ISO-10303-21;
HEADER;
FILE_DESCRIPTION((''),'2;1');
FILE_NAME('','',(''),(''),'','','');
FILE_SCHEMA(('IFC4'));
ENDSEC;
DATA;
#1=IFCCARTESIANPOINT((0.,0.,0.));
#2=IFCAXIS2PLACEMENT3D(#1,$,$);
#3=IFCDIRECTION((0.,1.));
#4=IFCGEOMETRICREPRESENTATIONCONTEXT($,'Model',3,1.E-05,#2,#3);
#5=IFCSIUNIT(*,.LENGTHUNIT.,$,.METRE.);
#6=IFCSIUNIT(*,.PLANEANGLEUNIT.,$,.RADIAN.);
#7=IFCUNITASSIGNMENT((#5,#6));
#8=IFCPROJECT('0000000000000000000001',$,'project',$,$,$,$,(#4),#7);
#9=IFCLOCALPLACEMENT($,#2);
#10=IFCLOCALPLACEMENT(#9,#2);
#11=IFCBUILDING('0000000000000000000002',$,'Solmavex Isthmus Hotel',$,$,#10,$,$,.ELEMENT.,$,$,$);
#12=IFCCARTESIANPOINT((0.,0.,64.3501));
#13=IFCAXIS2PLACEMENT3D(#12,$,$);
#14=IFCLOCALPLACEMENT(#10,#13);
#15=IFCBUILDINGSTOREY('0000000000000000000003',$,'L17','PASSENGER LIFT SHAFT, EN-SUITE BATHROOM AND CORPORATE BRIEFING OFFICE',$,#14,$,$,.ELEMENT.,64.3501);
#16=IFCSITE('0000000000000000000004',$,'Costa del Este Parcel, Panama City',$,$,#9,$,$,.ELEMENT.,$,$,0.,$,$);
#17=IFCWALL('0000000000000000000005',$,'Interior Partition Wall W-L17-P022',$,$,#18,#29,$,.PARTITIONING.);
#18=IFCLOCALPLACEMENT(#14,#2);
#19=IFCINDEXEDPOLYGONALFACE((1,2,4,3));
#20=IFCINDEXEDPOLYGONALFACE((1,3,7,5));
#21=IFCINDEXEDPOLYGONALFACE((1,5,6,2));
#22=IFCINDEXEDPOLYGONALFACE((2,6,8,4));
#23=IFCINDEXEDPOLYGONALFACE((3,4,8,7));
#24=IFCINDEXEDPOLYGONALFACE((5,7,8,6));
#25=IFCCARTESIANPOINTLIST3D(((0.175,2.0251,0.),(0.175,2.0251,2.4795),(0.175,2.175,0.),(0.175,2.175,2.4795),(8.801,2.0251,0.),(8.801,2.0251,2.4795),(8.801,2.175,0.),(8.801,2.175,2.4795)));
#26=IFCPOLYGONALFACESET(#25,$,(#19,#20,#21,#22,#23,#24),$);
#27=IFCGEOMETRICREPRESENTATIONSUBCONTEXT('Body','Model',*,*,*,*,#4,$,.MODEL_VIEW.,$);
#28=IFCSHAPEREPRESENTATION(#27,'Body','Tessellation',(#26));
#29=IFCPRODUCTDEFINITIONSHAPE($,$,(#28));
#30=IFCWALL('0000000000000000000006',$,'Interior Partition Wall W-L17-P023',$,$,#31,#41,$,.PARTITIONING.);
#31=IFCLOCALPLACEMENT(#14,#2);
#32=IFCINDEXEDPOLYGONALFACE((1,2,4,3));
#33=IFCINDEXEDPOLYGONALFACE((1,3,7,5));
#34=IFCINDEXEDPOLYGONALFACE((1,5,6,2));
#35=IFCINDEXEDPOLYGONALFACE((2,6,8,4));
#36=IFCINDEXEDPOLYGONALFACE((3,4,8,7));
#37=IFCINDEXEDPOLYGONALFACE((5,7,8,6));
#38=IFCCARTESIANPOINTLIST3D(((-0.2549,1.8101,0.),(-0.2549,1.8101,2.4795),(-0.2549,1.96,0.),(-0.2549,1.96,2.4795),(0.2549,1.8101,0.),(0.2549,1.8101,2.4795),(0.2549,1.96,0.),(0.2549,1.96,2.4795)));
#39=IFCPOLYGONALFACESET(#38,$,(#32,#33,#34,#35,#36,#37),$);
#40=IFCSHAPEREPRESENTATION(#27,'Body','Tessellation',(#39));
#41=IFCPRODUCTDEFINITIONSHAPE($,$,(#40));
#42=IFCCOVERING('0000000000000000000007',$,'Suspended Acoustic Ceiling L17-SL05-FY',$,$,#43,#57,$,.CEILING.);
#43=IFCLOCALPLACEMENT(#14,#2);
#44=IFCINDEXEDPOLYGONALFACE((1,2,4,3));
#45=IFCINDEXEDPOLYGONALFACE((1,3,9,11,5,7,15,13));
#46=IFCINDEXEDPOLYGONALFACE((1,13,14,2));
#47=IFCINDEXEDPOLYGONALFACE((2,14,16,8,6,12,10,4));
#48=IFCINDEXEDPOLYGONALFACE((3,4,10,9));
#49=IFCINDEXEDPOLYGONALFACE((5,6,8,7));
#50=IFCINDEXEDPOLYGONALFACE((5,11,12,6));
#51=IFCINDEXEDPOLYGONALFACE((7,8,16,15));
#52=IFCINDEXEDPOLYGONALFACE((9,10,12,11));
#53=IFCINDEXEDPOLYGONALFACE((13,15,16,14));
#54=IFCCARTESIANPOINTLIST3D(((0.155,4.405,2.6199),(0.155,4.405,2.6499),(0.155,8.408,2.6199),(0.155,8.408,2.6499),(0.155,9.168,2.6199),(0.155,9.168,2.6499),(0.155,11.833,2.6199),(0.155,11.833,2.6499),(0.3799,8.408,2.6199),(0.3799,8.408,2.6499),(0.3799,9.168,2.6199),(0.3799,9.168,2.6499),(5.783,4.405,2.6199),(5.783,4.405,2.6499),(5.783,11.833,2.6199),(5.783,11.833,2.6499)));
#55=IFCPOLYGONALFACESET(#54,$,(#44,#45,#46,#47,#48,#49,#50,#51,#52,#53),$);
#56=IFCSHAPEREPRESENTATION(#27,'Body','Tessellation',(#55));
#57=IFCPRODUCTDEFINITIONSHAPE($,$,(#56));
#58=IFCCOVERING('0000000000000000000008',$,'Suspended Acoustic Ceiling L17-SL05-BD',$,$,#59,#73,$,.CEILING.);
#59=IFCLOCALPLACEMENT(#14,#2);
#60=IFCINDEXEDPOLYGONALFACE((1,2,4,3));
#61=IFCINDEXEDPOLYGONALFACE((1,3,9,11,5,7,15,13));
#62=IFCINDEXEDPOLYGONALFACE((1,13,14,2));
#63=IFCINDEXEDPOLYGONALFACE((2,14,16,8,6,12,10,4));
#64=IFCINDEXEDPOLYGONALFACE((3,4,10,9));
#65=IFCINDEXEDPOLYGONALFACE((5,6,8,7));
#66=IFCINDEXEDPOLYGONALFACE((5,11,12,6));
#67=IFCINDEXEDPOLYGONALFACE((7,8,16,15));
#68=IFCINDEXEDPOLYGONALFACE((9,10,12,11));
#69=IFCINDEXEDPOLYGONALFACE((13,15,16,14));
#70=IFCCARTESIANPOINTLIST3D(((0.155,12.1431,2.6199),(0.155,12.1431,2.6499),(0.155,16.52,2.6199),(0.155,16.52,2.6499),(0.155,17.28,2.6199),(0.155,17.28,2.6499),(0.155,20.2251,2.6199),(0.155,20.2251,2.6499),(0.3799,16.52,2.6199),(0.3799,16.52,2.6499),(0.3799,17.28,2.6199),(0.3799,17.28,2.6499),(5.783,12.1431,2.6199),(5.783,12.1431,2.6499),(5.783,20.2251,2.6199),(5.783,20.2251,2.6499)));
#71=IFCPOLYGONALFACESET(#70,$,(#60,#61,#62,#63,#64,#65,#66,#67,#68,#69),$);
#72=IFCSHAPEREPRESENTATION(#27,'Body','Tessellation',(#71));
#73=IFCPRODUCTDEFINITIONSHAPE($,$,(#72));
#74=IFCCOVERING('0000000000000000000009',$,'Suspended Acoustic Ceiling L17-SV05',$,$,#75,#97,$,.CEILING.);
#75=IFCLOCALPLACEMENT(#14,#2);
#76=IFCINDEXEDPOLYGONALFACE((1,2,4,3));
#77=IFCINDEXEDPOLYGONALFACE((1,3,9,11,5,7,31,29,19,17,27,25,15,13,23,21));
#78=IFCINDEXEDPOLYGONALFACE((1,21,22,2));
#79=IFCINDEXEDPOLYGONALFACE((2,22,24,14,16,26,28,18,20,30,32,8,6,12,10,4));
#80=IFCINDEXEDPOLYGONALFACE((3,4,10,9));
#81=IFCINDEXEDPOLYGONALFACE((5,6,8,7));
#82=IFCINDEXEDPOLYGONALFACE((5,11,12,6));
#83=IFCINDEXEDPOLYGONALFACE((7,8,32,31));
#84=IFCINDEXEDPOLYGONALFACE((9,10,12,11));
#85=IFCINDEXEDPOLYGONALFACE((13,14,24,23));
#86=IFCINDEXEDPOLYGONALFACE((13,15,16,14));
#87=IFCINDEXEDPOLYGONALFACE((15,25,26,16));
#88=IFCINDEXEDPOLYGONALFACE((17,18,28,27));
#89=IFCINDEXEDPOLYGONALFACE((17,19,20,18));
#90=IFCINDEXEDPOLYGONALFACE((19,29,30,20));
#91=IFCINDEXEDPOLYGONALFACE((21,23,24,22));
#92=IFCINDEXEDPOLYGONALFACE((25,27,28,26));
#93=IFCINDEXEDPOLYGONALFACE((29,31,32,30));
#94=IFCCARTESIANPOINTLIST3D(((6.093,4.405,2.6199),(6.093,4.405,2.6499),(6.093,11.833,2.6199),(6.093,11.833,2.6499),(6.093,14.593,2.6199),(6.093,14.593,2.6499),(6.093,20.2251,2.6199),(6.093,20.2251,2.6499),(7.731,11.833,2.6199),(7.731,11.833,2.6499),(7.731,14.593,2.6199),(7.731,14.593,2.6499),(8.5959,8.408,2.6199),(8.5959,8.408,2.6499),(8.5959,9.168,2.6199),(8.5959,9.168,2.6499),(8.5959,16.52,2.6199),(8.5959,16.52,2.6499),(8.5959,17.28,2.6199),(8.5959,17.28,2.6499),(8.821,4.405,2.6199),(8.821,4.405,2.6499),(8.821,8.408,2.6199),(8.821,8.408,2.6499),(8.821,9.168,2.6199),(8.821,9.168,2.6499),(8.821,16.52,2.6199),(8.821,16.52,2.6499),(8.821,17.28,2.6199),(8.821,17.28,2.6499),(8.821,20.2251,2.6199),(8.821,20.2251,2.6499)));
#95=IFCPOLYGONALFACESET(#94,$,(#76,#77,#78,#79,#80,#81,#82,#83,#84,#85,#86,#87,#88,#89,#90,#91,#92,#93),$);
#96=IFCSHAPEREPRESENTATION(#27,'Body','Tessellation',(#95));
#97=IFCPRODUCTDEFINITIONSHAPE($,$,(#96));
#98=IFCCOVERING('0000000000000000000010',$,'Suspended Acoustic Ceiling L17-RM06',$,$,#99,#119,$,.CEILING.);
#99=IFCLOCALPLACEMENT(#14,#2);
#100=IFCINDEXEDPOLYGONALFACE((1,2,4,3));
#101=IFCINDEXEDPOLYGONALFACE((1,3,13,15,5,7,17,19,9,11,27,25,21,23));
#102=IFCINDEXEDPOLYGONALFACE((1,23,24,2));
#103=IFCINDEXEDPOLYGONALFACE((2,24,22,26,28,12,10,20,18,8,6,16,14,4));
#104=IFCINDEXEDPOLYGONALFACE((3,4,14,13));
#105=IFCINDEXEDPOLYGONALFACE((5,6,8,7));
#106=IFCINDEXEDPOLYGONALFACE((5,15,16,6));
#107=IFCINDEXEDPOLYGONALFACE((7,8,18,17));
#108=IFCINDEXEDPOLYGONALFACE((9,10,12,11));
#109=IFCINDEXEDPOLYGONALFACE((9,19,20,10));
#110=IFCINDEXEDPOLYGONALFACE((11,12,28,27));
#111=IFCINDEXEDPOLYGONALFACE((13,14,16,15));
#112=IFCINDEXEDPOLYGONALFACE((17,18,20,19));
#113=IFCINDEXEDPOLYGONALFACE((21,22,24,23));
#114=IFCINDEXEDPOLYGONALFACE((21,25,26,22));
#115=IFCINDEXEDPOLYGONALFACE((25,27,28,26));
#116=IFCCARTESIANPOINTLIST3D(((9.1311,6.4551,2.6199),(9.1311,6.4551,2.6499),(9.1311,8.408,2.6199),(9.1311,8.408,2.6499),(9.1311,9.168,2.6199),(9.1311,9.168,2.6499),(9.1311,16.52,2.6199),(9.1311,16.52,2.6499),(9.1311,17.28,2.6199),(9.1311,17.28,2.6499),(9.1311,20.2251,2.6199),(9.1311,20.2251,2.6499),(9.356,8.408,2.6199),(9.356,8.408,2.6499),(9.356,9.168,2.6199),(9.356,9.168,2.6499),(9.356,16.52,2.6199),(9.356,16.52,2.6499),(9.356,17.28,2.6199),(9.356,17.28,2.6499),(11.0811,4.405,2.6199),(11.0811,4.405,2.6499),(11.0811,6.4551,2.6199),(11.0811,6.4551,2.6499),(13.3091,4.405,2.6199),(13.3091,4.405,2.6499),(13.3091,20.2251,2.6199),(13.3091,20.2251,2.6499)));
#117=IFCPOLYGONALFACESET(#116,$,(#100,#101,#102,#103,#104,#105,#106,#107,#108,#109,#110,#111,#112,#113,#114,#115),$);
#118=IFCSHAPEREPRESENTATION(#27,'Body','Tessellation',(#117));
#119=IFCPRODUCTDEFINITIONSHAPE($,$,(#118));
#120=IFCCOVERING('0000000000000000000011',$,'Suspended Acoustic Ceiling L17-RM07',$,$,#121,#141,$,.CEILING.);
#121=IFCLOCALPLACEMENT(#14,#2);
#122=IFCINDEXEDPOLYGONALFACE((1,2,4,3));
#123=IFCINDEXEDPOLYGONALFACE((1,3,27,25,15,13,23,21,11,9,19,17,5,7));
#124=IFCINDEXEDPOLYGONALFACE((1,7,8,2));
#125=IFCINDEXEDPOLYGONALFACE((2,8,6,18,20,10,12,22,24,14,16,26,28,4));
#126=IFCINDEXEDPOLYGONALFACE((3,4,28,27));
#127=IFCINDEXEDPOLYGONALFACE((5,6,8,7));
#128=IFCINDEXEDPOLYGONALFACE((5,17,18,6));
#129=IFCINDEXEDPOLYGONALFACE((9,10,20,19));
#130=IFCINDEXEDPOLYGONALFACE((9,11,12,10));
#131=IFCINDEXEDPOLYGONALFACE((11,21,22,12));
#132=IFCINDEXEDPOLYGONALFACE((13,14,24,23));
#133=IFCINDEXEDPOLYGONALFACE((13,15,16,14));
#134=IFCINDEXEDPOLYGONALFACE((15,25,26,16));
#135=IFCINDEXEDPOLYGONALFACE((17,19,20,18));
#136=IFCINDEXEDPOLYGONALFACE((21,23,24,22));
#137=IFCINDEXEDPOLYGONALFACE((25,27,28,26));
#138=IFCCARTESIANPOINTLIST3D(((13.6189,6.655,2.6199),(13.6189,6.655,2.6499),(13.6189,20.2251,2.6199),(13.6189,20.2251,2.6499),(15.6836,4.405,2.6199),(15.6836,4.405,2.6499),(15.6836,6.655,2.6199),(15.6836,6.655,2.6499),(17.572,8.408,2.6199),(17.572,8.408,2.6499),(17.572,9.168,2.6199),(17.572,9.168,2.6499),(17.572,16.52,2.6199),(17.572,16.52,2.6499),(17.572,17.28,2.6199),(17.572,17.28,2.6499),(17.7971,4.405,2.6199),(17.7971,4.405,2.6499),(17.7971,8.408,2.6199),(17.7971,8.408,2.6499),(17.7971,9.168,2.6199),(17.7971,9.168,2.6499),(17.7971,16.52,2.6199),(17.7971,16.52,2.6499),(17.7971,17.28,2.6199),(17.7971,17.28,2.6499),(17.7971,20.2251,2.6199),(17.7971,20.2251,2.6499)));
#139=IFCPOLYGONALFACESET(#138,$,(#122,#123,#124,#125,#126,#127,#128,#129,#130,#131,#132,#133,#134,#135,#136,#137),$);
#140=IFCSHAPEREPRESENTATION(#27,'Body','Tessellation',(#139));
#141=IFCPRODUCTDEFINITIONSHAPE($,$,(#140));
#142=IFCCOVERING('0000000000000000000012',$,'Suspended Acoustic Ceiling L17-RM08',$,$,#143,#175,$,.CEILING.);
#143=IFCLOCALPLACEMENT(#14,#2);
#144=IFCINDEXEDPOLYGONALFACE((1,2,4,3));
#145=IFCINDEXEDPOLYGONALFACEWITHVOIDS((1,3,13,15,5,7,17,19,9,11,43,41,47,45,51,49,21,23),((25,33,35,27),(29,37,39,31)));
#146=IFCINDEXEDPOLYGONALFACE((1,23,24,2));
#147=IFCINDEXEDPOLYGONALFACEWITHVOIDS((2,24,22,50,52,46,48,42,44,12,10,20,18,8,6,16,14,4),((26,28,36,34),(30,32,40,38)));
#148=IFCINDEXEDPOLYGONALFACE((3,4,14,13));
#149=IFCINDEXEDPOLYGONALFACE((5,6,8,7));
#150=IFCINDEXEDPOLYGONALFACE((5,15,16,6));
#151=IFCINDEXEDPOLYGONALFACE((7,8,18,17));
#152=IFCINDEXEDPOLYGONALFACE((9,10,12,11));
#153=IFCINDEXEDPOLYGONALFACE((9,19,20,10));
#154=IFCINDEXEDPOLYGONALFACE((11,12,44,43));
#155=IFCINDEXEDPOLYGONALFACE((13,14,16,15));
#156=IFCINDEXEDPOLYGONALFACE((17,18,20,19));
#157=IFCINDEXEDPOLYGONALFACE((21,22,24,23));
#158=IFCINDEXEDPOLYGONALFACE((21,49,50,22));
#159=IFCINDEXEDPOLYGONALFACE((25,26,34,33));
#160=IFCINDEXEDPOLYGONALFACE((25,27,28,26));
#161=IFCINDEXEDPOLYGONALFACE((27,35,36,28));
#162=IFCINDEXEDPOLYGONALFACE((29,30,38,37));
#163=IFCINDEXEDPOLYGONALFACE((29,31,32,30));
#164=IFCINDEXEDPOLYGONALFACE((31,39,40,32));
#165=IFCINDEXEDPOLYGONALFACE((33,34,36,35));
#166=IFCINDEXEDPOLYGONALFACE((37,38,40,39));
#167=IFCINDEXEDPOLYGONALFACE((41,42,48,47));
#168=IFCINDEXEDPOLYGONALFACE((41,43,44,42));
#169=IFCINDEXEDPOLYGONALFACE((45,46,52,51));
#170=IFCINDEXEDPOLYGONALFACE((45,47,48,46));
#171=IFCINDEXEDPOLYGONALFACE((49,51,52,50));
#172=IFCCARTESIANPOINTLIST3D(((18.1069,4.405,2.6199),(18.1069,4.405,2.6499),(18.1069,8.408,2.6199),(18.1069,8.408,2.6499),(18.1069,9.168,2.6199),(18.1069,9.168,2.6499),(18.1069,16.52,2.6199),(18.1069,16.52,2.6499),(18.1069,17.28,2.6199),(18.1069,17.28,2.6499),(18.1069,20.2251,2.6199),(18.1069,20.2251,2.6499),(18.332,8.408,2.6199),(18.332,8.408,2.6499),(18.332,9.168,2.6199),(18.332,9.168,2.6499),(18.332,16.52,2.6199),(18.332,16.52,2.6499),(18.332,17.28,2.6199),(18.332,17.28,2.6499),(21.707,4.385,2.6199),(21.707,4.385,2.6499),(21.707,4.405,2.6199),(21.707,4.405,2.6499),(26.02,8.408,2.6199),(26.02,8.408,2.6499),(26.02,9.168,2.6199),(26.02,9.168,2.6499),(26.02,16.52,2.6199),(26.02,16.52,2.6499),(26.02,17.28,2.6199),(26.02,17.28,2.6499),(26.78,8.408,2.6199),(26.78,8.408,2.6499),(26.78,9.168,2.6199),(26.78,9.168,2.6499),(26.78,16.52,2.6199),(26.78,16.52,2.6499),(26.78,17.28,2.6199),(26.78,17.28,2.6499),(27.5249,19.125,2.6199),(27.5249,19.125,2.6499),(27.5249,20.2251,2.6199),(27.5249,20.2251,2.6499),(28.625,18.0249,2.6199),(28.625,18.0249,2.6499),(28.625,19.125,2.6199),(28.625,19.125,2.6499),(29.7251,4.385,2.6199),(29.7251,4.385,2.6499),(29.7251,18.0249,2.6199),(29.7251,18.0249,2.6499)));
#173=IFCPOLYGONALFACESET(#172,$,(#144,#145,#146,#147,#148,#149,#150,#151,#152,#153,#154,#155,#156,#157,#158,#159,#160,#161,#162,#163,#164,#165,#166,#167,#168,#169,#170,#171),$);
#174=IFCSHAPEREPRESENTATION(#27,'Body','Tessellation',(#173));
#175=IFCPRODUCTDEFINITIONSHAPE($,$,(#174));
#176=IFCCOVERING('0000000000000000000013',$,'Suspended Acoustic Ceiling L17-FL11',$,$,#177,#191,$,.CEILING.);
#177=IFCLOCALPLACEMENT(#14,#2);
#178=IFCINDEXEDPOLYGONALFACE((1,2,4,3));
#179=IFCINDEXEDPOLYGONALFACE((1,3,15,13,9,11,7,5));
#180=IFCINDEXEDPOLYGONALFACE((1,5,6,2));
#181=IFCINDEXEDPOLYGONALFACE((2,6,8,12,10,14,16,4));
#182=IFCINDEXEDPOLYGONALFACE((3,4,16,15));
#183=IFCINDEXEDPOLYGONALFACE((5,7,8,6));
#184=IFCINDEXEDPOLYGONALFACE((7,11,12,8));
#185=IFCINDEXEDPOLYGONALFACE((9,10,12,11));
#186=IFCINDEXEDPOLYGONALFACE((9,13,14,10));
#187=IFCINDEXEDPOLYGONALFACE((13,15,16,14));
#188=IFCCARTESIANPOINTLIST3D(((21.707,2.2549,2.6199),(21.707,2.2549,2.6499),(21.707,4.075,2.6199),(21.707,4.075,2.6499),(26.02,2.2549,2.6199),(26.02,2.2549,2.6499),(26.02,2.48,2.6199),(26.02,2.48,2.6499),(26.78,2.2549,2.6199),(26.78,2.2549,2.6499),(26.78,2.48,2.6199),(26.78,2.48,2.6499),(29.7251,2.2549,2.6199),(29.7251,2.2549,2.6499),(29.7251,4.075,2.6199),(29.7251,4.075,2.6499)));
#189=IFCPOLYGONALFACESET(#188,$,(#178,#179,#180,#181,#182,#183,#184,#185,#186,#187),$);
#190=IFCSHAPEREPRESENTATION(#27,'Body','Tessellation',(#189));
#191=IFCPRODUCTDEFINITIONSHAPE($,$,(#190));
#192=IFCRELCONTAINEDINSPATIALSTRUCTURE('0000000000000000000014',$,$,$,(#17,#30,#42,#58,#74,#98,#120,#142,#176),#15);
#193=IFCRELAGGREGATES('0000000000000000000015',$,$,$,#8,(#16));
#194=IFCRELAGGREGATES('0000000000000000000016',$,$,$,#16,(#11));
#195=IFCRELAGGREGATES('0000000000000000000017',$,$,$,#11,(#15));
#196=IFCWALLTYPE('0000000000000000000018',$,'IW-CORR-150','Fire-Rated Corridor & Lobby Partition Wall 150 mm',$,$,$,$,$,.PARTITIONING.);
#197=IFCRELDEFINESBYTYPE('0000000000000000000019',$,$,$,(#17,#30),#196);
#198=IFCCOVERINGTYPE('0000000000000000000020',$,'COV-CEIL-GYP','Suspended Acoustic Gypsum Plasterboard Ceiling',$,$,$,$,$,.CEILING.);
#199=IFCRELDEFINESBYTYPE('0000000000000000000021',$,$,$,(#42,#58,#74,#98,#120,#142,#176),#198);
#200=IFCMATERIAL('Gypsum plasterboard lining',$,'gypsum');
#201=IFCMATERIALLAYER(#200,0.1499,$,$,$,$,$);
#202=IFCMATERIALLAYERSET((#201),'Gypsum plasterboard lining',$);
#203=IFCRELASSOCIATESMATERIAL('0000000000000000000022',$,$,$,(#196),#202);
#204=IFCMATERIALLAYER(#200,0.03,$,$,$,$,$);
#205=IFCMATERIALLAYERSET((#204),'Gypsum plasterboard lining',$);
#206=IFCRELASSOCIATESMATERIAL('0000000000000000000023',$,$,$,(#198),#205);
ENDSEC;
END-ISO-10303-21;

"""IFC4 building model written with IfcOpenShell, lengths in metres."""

from ifc_helpers import new_model, si_unit, direction, frame, frame_2d, origin, place, context, subcontext, project, spatial, polyline, rectangle, outline, extrude, material, layer, layer_set, type_object, element, save


model = new_model("IFC4")

# Units and contexts
model_context = context("Model", 3, precision=1e-05, world=origin(), true_north=direction((0.0, 1.0)))
body_context = subcontext(model_context, "Body", "Model", "MODEL_VIEW")
ifc_project = project(units=[si_unit("LENGTHUNIT", "METRE"), si_unit("PLANEANGLEUNIT", "RADIAN")], contexts=[model_context])

# Site, building, storey
site_placement = place(None, origin())
site = spatial("IfcSite", under=ifc_project, at=site_placement, Name="Costa del Este Parcel, Panama City", CompositionType="ELEMENT", RefElevation=0.0)
building_placement = place(site_placement, origin())
building = spatial("IfcBuilding", under=site, at=building_placement, Name="Solmavex Isthmus Hotel", CompositionType="ELEMENT")
storey_placement = place(building_placement, frame((0.0, 0.0, 64.3501)))
storey = spatial("IfcBuildingStorey", under=building, at=storey_placement, Name="L17", Description="PASSENGER LIFT SHAFT, EN-SUITE BATHROOM AND CORPORATE BRIEFING OFFICE", CompositionType="ELEMENT", Elevation=64.3501)

# Walls
ifc_material_1 = material(Name="Gypsum plasterboard lining", Category="gypsum")
ifc_layer_1 = layer(ifc_material_1, 0.1499)
ifc_layer_set_1 = layer_set([ifc_layer_1], Name="Gypsum plasterboard lining")
wall_type = type_object("IfcWallType", Name="IW-CORR-150", Description="Fire-Rated Corridor & Lobby Partition Wall 150 mm", PredefinedType="PARTITIONING", material=ifc_layer_set_1)
wall_1_placement = place(storey_placement, frame((8.801, 2.1001, 0.0), z_axis=(0.0, 0.0, 1.0), x_axis=(-1.0, 0.0, 0.0)))
element("IfcWall", 1, at=wall_1_placement, inside=storey, type_object=wall_type, Name="Interior Partition Wall W-L17-P022", PredefinedType="PARTITIONING", context=body_context, shape_type="SweptSolid", body=[
    extrude(rectangle(XDim=8.626, YDim=0.1499, at=frame_2d((4.313, 0.0))), origin(), (0.0, 0.0, 1.0), 2.4795),
])
wall_2_placement = place(storey_placement, frame((0.2549, 1.885, 0.0), z_axis=(0.0, 0.0, 1.0), x_axis=(-1.0, 0.0, 0.0)))
element("IfcWall", 2, at=wall_2_placement, inside=storey, type_object=wall_type, Name="Interior Partition Wall W-L17-P023", PredefinedType="PARTITIONING", context=body_context, shape_type="SweptSolid", body=[
    extrude(rectangle(XDim=0.5098, YDim=0.1499, at=frame_2d((0.2549, 0.0))), origin(), (0.0, 0.0, 1.0), 2.4795),
])

# Coverings
ifc_layer_2 = layer(ifc_material_1, 0.03)
ifc_layer_set_2 = layer_set([ifc_layer_2], Name="Gypsum plasterboard lining")
covering_type_1 = type_object("IfcCoveringType", Name="COV-CEIL-GYP", Description="Suspended Acoustic Gypsum Plasterboard Ceiling", PredefinedType="CEILING", material=ifc_layer_set_2)
covering_1_placement = place(storey_placement, frame((0.0, 0.0, 2.6199)))
element("IfcCovering", 3, at=covering_1_placement, inside=storey, type_object=covering_type_1, Name="Suspended Acoustic Ceiling L17-SL05-FY", PredefinedType="CEILING", context=body_context, shape_type="SweptSolid", body=[
    extrude(outline(polyline([(0.155, 9.168), (0.3799, 9.168), (0.3799, 8.408), (0.155, 8.408), (0.155, 4.405), (5.783, 4.405), (5.783, 11.833), (0.155, 11.833), (0.155, 9.168)])), origin(), (0.0, 0.0, 1.0), 0.03),
])
covering_2_placement = place(storey_placement, frame((0.0, 0.0, 2.6199)))
element("IfcCovering", 4, at=covering_2_placement, inside=storey, type_object=covering_type_1, Name="Suspended Acoustic Ceiling L17-SL05-BD", PredefinedType="CEILING", context=body_context, shape_type="SweptSolid", body=[
    extrude(outline(polyline([(0.155, 17.28), (0.3799, 17.28), (0.3799, 16.52), (0.155, 16.52), (0.155, 12.1431), (5.783, 12.1431), (5.783, 20.2251), (0.155, 20.2251), (0.155, 17.28)])), origin(), (0.0, 0.0, 1.0), 0.03),
])
covering_3_placement = place(storey_placement, frame((0.0, 0.0, 2.6199)))
element("IfcCovering", 5, at=covering_3_placement, inside=storey, type_object=covering_type_1, Name="Suspended Acoustic Ceiling L17-SV05", PredefinedType="CEILING", context=body_context, shape_type="SweptSolid", body=[
    extrude(outline(polyline([(8.821, 16.52), (8.5959, 16.52), (8.5959, 17.28), (8.821, 17.28), (8.821, 20.2251), (6.093, 20.2251), (6.093, 14.593), (7.731, 14.593), (7.731, 11.833), (6.093, 11.833), (6.093, 4.405), (8.821, 4.405), (8.821, 8.408), (8.5959, 8.408), (8.5959, 9.168), (8.821, 9.168), (8.821, 16.52)])), origin(), (0.0, 0.0, 1.0), 0.03),
])
covering_4_placement = place(storey_placement, frame((0.0, 0.0, 2.6199)))
element("IfcCovering", 6, at=covering_4_placement, inside=storey, type_object=covering_type_1, Name="Suspended Acoustic Ceiling L17-RM06", PredefinedType="CEILING", context=body_context, shape_type="SweptSolid", body=[
    extrude(outline(polyline([(9.1311, 9.168), (9.356, 9.168), (9.356, 8.408), (9.1311, 8.408), (9.1311, 6.4551), (11.0811, 6.4551), (11.0811, 4.405), (13.3091, 4.405), (13.3091, 20.2251), (9.1311, 20.2251), (9.1311, 17.28), (9.356, 17.28), (9.356, 16.52), (9.1311, 16.52), (9.1311, 9.168)])), origin(), (0.0, 0.0, 1.0), 0.03),
])
covering_5_placement = place(storey_placement, frame((0.0, 0.0, 2.6199)))
element("IfcCovering", 7, at=covering_5_placement, inside=storey, type_object=covering_type_1, Name="Suspended Acoustic Ceiling L17-RM07", PredefinedType="CEILING", context=body_context, shape_type="SweptSolid", body=[
    extrude(outline(polyline([(17.7971, 16.52), (17.572, 16.52), (17.572, 17.28), (17.7971, 17.28), (17.7971, 20.2251), (13.6189, 20.2251), (13.6189, 6.655), (15.6836, 6.655), (15.6836, 4.405), (17.7971, 4.405), (17.7971, 8.408), (17.572, 8.408), (17.572, 9.168), (17.7971, 9.168), (17.7971, 16.52)])), origin(), (0.0, 0.0, 1.0), 0.03),
])
covering_6_placement = place(storey_placement, frame((0.0, 0.0, 2.6199)))
element("IfcCovering", 8, at=covering_6_placement, inside=storey, type_object=covering_type_1, Name="Suspended Acoustic Ceiling L17-RM08", PredefinedType="CEILING", context=body_context, shape_type="SweptSolid", body=[
    extrude(outline(polyline([(18.1069, 9.168), (18.332, 9.168), (18.332, 8.408), (18.1069, 8.408), (18.1069, 4.405), (21.707, 4.405), (21.707, 4.385), (29.7251, 4.385), (29.7251, 18.0249), (28.625, 18.0249), (28.625, 19.125), (27.5249, 19.125), (27.5249, 20.2251), (18.1069, 20.2251), (18.1069, 17.28), (18.332, 17.28), (18.332, 16.52), (18.1069, 16.52), (18.1069, 9.168)]), holes=[polyline([(26.02, 8.408), (26.02, 9.168), (26.78, 9.168), (26.78, 8.408), (26.02, 8.408)]), polyline([(26.02, 16.52), (26.02, 17.28), (26.78, 17.28), (26.78, 16.52), (26.02, 16.52)])]), origin(), (0.0, 0.0, 1.0), 0.03),
])
covering_7_placement = place(storey_placement, frame((0.0, 0.0, 2.6199)))
element("IfcCovering", 9, at=covering_7_placement, inside=storey, type_object=covering_type_1, Name="Suspended Acoustic Ceiling L17-FL11", PredefinedType="CEILING", context=body_context, shape_type="SweptSolid", body=[
    extrude(outline(polyline([(26.02, 2.2549), (26.02, 2.48), (26.78, 2.48), (26.78, 2.2549), (29.7251, 2.2549), (29.7251, 4.075), (21.707, 4.075), (21.707, 2.2549), (26.02, 2.2549)])), origin(), (0.0, 0.0, 1.0), 0.03),
])

save(model, "model.ifc")
